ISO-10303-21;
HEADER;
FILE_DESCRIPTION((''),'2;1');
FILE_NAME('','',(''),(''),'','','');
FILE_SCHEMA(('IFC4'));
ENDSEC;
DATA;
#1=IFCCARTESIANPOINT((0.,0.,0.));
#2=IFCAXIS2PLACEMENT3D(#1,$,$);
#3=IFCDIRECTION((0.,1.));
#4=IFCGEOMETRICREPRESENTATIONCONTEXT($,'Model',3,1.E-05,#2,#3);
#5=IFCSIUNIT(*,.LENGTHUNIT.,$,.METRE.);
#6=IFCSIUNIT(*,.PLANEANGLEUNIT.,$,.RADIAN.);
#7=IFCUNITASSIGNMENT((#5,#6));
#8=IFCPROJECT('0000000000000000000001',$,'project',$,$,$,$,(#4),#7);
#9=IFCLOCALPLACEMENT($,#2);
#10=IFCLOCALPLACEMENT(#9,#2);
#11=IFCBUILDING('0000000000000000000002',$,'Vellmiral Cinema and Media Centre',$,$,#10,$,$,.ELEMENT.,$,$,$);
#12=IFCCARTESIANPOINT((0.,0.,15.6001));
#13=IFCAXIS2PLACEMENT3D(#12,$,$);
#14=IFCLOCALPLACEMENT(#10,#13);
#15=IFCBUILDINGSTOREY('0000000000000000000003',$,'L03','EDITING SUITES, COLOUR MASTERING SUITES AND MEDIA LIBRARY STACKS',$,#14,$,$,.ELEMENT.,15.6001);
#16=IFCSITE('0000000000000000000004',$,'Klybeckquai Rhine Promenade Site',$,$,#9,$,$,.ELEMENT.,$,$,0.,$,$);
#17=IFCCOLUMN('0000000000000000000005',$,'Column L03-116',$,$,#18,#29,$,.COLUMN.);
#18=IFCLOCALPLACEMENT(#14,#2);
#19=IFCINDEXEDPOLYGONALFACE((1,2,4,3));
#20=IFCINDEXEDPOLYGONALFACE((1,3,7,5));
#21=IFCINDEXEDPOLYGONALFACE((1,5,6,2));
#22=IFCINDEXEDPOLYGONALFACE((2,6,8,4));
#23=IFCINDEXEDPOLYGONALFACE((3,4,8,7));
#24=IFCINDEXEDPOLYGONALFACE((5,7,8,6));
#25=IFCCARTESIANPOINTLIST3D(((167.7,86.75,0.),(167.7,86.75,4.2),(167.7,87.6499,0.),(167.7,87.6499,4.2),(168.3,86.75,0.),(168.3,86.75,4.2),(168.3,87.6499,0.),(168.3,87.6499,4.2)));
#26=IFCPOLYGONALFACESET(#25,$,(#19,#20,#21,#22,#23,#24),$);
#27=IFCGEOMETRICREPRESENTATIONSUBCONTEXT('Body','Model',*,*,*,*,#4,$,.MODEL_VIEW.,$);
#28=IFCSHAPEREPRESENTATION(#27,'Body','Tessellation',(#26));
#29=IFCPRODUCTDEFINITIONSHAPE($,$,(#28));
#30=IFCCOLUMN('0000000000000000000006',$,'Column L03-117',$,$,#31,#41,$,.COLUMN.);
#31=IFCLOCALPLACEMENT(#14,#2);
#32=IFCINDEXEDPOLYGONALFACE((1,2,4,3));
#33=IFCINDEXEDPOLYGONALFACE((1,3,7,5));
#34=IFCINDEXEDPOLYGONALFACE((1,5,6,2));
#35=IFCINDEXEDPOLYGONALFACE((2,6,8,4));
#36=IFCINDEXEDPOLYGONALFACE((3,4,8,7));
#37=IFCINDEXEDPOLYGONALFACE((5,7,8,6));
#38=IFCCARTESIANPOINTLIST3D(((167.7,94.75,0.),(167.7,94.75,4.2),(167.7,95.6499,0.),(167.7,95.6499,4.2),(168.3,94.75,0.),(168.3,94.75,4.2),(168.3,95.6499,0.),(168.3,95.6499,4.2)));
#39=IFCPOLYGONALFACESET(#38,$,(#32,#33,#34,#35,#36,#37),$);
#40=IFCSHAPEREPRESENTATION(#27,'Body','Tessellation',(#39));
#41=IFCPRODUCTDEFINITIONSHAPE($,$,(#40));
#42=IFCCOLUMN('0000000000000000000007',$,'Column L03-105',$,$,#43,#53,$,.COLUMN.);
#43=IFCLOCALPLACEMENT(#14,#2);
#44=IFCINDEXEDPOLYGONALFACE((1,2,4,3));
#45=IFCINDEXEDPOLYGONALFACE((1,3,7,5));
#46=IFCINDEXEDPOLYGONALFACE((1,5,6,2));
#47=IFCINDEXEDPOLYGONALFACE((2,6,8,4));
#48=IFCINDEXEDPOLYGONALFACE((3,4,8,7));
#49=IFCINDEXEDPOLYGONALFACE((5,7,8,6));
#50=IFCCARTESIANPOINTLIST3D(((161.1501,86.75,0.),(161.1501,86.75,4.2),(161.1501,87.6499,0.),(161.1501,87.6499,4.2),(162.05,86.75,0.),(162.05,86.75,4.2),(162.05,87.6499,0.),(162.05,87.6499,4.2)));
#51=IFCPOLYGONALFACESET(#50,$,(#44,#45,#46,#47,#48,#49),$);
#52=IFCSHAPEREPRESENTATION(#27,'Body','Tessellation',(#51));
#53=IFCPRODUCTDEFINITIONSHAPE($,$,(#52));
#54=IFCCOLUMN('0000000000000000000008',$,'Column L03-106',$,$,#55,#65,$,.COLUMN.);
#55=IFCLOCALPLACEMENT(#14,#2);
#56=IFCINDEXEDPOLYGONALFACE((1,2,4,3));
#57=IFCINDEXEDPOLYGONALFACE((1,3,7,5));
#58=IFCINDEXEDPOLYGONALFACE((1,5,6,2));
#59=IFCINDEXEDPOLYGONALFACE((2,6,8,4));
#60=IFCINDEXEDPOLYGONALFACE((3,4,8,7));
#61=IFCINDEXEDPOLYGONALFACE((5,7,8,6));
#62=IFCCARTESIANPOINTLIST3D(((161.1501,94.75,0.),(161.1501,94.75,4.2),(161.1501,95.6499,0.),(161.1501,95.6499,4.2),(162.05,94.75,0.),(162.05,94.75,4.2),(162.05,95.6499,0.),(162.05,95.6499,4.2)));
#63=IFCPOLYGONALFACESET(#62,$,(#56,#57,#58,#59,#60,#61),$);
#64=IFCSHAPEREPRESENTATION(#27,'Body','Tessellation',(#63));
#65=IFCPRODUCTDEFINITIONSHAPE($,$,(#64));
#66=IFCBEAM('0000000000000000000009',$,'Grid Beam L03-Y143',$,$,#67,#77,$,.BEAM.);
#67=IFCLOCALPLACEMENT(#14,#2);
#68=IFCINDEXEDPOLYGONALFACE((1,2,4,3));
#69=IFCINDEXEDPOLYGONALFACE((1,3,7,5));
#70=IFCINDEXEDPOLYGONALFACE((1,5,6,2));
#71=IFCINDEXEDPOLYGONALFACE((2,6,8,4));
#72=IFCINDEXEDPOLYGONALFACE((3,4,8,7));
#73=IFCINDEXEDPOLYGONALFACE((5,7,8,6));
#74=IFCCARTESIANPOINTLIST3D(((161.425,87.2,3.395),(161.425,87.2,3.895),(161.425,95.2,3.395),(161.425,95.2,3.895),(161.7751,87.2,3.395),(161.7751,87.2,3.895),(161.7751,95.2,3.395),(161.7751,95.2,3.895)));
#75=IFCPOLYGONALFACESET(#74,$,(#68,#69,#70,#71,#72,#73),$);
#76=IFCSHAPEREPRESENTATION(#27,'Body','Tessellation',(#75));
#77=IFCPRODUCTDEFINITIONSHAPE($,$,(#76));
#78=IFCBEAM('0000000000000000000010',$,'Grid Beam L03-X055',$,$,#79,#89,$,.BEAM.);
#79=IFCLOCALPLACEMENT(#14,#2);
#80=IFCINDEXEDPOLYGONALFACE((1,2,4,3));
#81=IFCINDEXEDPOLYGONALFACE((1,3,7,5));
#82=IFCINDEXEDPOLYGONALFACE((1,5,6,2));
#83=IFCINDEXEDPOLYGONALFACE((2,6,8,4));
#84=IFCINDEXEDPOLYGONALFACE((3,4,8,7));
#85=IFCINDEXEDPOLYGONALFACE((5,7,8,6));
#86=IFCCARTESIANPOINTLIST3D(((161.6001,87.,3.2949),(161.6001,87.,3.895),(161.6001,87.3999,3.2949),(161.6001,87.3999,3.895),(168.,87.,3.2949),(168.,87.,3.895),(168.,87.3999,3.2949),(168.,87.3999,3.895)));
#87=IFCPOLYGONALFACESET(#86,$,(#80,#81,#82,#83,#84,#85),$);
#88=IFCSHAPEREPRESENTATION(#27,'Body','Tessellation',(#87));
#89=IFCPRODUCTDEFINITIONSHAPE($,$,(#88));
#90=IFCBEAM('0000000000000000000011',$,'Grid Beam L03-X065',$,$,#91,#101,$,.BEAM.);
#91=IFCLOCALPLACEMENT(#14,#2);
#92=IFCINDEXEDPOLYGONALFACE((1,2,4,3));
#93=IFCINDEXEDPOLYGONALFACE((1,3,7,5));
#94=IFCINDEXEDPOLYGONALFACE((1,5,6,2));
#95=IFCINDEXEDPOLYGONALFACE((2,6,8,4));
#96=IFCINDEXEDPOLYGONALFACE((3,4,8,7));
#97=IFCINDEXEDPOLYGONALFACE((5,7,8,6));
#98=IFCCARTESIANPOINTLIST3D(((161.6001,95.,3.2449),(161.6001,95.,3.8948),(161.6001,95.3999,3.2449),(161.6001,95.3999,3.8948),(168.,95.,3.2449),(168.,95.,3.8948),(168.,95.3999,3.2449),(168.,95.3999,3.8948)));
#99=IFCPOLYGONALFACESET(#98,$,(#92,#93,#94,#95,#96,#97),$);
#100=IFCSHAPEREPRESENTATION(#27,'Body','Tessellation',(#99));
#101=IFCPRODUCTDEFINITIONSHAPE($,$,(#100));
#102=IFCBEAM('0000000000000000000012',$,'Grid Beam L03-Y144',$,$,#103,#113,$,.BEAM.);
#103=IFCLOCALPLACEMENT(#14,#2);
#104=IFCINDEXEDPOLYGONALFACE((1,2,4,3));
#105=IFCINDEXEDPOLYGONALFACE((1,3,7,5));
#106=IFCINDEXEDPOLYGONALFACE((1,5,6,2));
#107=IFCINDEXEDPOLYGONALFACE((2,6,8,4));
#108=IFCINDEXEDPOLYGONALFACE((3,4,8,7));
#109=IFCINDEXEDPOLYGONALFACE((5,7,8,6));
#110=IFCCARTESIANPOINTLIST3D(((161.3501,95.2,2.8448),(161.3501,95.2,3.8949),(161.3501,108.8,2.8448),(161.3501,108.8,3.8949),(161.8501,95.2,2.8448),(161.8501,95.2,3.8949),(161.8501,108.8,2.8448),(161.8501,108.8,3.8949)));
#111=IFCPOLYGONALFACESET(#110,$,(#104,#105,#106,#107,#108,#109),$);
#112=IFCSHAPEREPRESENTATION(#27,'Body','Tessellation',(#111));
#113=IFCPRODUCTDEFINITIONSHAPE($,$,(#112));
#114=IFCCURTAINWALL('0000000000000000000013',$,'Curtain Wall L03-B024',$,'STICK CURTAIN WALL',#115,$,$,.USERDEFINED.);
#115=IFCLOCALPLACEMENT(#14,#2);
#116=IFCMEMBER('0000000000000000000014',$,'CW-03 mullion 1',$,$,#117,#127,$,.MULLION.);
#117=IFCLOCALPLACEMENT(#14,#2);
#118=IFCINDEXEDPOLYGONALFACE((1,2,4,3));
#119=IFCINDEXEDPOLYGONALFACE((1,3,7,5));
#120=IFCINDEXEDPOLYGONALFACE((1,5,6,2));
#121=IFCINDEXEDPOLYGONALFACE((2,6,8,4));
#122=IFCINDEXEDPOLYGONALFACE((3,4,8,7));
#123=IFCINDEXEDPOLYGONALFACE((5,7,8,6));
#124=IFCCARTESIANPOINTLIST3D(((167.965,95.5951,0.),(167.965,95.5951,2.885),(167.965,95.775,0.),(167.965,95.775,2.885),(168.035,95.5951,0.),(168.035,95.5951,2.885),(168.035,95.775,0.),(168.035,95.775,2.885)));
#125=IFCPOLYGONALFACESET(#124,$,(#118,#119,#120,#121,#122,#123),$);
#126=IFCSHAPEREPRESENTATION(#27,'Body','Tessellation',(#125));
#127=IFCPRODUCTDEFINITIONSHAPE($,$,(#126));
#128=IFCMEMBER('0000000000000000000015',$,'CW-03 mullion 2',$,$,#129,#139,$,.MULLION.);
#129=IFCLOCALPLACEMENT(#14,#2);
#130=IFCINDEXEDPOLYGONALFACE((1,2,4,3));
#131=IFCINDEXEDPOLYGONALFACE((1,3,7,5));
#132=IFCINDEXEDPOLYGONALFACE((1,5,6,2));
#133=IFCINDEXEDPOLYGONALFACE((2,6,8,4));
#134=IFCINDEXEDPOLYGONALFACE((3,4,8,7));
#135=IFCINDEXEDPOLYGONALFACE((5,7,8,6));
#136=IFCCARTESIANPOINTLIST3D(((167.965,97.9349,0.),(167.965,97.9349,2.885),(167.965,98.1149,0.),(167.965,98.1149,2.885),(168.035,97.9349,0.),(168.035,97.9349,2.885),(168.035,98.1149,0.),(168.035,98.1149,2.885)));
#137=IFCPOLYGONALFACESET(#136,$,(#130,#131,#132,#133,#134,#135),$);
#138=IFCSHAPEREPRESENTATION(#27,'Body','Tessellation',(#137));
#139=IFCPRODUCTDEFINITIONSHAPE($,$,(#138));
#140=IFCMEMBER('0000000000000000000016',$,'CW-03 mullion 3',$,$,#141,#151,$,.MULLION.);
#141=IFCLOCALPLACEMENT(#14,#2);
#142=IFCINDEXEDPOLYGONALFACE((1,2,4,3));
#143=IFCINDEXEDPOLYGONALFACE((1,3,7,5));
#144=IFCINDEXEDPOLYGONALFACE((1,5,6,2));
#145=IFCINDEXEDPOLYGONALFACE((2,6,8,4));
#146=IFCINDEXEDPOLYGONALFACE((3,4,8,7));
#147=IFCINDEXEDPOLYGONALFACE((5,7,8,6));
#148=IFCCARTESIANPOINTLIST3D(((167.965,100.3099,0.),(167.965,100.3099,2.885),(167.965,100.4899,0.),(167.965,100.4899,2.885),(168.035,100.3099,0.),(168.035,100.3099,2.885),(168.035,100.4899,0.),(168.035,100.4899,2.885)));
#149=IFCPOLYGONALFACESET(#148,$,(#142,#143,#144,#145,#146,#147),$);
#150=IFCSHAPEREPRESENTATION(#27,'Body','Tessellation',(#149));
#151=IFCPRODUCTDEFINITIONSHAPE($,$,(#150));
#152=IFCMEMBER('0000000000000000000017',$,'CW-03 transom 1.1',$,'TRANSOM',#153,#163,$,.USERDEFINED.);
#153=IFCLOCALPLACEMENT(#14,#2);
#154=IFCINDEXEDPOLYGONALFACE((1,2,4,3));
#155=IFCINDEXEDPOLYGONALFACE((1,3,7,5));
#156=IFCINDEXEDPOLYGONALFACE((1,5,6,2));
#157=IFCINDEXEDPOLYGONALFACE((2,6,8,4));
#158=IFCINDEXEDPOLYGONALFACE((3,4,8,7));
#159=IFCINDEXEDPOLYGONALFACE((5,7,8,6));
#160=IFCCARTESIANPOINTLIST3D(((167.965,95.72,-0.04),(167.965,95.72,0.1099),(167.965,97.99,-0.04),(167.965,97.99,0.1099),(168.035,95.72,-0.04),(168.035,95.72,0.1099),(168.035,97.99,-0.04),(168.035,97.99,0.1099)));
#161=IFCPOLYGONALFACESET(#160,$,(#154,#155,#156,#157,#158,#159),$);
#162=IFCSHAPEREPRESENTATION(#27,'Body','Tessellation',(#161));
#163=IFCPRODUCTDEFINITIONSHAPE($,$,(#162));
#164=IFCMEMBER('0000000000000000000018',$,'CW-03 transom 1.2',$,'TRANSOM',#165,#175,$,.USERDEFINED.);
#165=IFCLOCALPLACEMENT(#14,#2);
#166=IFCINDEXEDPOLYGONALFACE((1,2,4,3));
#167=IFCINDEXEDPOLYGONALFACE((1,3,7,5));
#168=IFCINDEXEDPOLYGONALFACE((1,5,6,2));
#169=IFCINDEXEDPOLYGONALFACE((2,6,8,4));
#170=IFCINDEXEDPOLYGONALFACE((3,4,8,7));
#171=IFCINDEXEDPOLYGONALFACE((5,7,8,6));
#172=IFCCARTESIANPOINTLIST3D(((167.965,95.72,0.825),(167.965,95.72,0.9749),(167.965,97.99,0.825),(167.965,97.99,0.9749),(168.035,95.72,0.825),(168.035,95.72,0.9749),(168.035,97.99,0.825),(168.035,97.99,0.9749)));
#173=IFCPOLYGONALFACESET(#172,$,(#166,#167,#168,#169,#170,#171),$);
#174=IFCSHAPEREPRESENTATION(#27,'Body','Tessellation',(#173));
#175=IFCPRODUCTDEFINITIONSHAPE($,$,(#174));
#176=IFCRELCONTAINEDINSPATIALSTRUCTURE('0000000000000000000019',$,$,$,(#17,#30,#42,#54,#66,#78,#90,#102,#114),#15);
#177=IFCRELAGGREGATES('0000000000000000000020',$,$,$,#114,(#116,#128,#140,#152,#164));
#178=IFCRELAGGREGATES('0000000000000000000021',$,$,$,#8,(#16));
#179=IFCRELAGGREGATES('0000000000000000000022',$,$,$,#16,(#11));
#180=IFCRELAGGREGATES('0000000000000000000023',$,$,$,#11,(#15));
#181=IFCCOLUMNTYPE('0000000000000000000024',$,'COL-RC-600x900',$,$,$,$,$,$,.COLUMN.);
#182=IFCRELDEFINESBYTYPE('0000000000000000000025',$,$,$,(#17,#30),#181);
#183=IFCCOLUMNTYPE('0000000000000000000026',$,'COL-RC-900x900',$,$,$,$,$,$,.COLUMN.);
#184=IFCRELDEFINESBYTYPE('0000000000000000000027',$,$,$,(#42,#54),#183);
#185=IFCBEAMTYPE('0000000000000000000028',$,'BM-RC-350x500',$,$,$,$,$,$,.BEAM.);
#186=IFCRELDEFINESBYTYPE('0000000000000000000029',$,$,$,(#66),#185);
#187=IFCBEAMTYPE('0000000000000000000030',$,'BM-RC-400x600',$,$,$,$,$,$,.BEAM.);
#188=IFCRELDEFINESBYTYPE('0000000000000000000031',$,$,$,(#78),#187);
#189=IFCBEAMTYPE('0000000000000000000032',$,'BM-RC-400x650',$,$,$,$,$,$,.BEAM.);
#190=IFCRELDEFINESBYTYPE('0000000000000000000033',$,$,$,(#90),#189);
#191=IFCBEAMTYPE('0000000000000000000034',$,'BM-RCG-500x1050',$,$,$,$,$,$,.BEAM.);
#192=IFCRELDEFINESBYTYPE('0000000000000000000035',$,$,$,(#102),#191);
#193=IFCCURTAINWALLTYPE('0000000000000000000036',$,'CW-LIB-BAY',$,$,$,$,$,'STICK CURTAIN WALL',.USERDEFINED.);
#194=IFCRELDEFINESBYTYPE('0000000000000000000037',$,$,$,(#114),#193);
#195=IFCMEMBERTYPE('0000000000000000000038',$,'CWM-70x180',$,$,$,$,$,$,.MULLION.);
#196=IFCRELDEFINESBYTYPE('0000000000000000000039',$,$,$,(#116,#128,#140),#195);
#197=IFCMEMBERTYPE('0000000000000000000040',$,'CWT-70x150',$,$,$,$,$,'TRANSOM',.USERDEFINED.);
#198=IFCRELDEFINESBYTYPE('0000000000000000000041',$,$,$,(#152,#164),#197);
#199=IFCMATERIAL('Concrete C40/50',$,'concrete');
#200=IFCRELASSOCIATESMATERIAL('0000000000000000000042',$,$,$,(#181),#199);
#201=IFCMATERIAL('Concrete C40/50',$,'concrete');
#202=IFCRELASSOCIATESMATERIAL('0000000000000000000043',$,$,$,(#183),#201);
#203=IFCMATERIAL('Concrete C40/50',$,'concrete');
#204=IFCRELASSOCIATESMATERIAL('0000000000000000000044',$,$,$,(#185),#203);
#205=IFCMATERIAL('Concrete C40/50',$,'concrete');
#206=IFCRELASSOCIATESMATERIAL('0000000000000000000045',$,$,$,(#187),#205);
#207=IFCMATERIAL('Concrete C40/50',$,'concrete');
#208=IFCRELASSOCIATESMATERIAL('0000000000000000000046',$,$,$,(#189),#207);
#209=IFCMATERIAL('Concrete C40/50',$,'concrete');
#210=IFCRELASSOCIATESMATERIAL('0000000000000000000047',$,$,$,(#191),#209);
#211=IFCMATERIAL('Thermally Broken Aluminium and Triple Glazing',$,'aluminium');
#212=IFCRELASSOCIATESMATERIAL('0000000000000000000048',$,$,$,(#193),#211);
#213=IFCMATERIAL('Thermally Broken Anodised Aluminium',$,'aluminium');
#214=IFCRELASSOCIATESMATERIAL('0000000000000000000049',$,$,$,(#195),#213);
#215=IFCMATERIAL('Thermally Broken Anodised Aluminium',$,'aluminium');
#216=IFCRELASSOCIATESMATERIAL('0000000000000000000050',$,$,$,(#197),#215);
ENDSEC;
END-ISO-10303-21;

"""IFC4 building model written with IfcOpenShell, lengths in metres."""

from ifc_helpers import new_model, si_unit, direction, frame, origin, origin_2d, place, context, subcontext, project, spatial, rectangle, extrude, material, material_profile, profile_set, type_object, element, aggregate, save


model = new_model("IFC4")

# Units and contexts
model_context = context("Model", 3, precision=1e-05, world=origin(), true_north=direction((0.0, 1.0)))
body_context = subcontext(model_context, "Body", "Model", "MODEL_VIEW")
ifc_project = project(units=[si_unit("LENGTHUNIT", "METRE"), si_unit("PLANEANGLEUNIT", "RADIAN")], contexts=[model_context])

# Site, building, storey
site_placement = place(None, origin())
site = spatial("IfcSite", under=ifc_project, at=site_placement, Name="Klybeckquai Rhine Promenade Site", CompositionType="ELEMENT", RefElevation=0.0)
building_placement = place(site_placement, origin())
building = spatial("IfcBuilding", under=site, at=building_placement, Name="Vellmiral Cinema and Media Centre", CompositionType="ELEMENT")
storey_placement = place(building_placement, frame((0.0, 0.0, 15.6001)))
storey = spatial("IfcBuildingStorey", under=building, at=storey_placement, Name="L03", Description="EDITING SUITES, COLOUR MASTERING SUITES AND MEDIA LIBRARY STACKS", CompositionType="ELEMENT", Elevation=15.6001)

# Columns
ifc_material_1 = material(Name="Concrete C40/50", Category="concrete")
ifc_material_profile_1 = material_profile(ifc_material_1, rectangle(XDim=0.6001, YDim=0.8999, at=origin_2d()), Name="RC 600x900")
ifc_profile_set_1 = profile_set([ifc_material_profile_1], Name="Concrete C40/50")
column_type_1 = type_object("IfcColumnType", Name="COL-RC-600x900", PredefinedType="COLUMN", material=ifc_profile_set_1)
for number, where, z_axis, x_axis, name in (
    (1, (168.0, 87.2, 0.0), (0.0, 0.0, 1.0), (1.0, 0.0, 0.0), "Column L03-116"),
    (2, (168.0, 95.2, 0.0), (0.0, 0.0, 1.0), (1.0, 0.0, 0.0), "Column L03-117"),
):
    element("IfcColumn", number, at=place(storey_placement, frame(where, z_axis=z_axis, x_axis=x_axis)), inside=storey, type_object=column_type_1, Name=name, PredefinedType="COLUMN", context=body_context, shape_type="SweptSolid", body=[
        extrude(rectangle(XDim=0.6001, YDim=0.8999, at=origin_2d()), origin(), (0.0, 0.0, 1.0), 4.2),
    ])
ifc_material_2 = material(Name="Concrete C40/50", Category="concrete")
ifc_material_profile_2 = material_profile(ifc_material_2, rectangle(XDim=0.8999, YDim=0.8999, at=origin_2d()), Name="RC 900x900")
ifc_profile_set_2 = profile_set([ifc_material_profile_2], Name="Concrete C40/50")
column_type_2 = type_object("IfcColumnType", Name="COL-RC-900x900", PredefinedType="COLUMN", material=ifc_profile_set_2)
for number, where, z_axis, x_axis, name in (
    (3, (161.6001, 87.2, 0.0), (0.0, 0.0, 1.0), (1.0, 0.0, 0.0), "Column L03-105"),
    (4, (161.6001, 95.2, 0.0), (0.0, 0.0, 1.0), (1.0, 0.0, 0.0), "Column L03-106"),
):
    element("IfcColumn", number, at=place(storey_placement, frame(where, z_axis=z_axis, x_axis=x_axis)), inside=storey, type_object=column_type_2, Name=name, PredefinedType="COLUMN", context=body_context, shape_type="SweptSolid", body=[
        extrude(rectangle(XDim=0.8999, YDim=0.8999, at=origin_2d()), origin(), (0.0, 0.0, 1.0), 4.2),
    ])

# Beams
ifc_material_3 = material(Name="Concrete C40/50", Category="concrete")
ifc_material_profile_3 = material_profile(ifc_material_3, rectangle(XDim=0.3501, YDim=0.5, at=origin_2d()), Name="RC 350x500")
ifc_profile_set_3 = profile_set([ifc_material_profile_3], Name="Concrete C40/50")
beam_type_1 = type_object("IfcBeamType", Name="BM-RC-350x500", PredefinedType="BEAM", material=ifc_profile_set_3)
beam_1_placement = place(storey_placement, frame((161.6001, 87.2, 3.645), z_axis=(0.0, 1.0, 0.0), x_axis=(-1.0, 0.0, 0.0)))
element("IfcBeam", 5, at=beam_1_placement, inside=storey, type_object=beam_type_1, Name="Grid Beam L03-Y143", PredefinedType="BEAM", context=body_context, shape_type="SweptSolid", body=[
    extrude(rectangle(XDim=0.3501, YDim=0.5, at=origin_2d()), origin(), (0.0, 0.0, 1.0), 8.0),
])
ifc_material_4 = material(Name="Concrete C40/50", Category="concrete")
ifc_material_profile_4 = material_profile(ifc_material_4, rectangle(XDim=0.3999, YDim=0.6001, at=origin_2d()), Name="RC 400x600")
ifc_profile_set_4 = profile_set([ifc_material_profile_4], Name="Concrete C40/50")
beam_type_2 = type_object("IfcBeamType", Name="BM-RC-400x600", PredefinedType="BEAM", material=ifc_profile_set_4)
beam_2_placement = place(storey_placement, frame((161.6001, 87.2, 3.595), z_axis=(1.0, 0.0, 0.0), x_axis=(0.0, 1.0, 0.0)))
element("IfcBeam", 6, at=beam_2_placement, inside=storey, type_object=beam_type_2, Name="Grid Beam L03-X055", PredefinedType="BEAM", context=body_context, shape_type="SweptSolid", body=[
    extrude(rectangle(XDim=0.3999, YDim=0.6001, at=origin_2d()), origin(), (0.0, 0.0, 1.0), 6.3999),
])
ifc_material_5 = material(Name="Concrete C40/50", Category="concrete")
ifc_material_profile_5 = material_profile(ifc_material_5, rectangle(XDim=0.3999, YDim=0.6499, at=origin_2d()), Name="RC 400x650")
ifc_profile_set_5 = profile_set([ifc_material_profile_5], Name="Concrete C40/50")
beam_type_3 = type_object("IfcBeamType", Name="BM-RC-400x650", PredefinedType="BEAM", material=ifc_profile_set_5)
beam_3_placement = place(storey_placement, frame((161.6001, 95.2, 3.5698), z_axis=(1.0, 0.0, 0.0), x_axis=(0.0, 1.0, 0.0)))
element("IfcBeam", 7, at=beam_3_placement, inside=storey, type_object=beam_type_3, Name="Grid Beam L03-X065", PredefinedType="BEAM", context=body_context, shape_type="SweptSolid", body=[
    extrude(rectangle(XDim=0.3999, YDim=0.6499, at=origin_2d()), origin(), (0.0, 0.0, 1.0), 6.3999),
])
ifc_material_6 = material(Name="Concrete C40/50", Category="concrete")
ifc_material_profile_6 = material_profile(ifc_material_6, rectangle(XDim=0.5, YDim=1.05, at=origin_2d()), Name="RC 500x1050")
ifc_profile_set_6 = profile_set([ifc_material_profile_6], Name="Concrete C40/50")
beam_type_4 = type_object("IfcBeamType", Name="BM-RCG-500x1050", PredefinedType="BEAM", material=ifc_profile_set_6)
beam_4_placement = place(storey_placement, frame((161.6001, 95.2, 3.3699), z_axis=(0.0, 1.0, 0.0), x_axis=(-1.0, 0.0, 0.0)))
element("IfcBeam", 8, at=beam_4_placement, inside=storey, type_object=beam_type_4, Name="Grid Beam L03-Y144", PredefinedType="BEAM", context=body_context, shape_type="SweptSolid", body=[
    extrude(rectangle(XDim=0.5, YDim=1.05, at=origin_2d()), origin(), (0.0, 0.0, 1.0), 13.6001),
])

# Curtain wall, members
ifc_material_7 = material(Name="Thermally Broken Aluminium and Triple Glazing", Category="aluminium")
curtain_wall_type = type_object("IfcCurtainWallType", Name="CW-LIB-BAY", ElementType="STICK CURTAIN WALL", PredefinedType="USERDEFINED", material=ifc_material_7)
curtain_wall_placement = place(storey_placement, origin())
curtain_wall = element("IfcCurtainWall", 9, at=curtain_wall_placement, inside=storey, type_object=curtain_wall_type, Name="Curtain Wall L03-B024", ObjectType="STICK CURTAIN WALL", PredefinedType="USERDEFINED")
ifc_material_8 = material(Name="Thermally Broken Anodised Aluminium", Category="aluminium")
ifc_material_profile_7 = material_profile(ifc_material_8, rectangle(XDim=0.0701, YDim=0.1799, at=origin_2d()), Name="MULL 70x180")
ifc_profile_set_7 = profile_set([ifc_material_profile_7], Name="Thermally Broken Anodised Aluminium")
member_type_1 = type_object("IfcMemberType", Name="CWM-70x180", PredefinedType="MULLION", material=ifc_profile_set_7)
member_1_placement = place(storey_placement, frame((168.0, 95.6851, 0.0), z_axis=(0.0, 0.0, 1.0), x_axis=(-1.0, 0.0, 0.0)))
member_1 = element("IfcMember", 10, at=member_1_placement, type_object=member_type_1, Name="CW-03 mullion 1", PredefinedType="MULLION", context=body_context, shape_type="SweptSolid", body=[
    extrude(rectangle(XDim=0.0701, YDim=0.1799, at=origin_2d()), origin(), (0.0, 0.0, 1.0), 2.885),
])
member_2_placement = place(storey_placement, frame((168.0, 98.0249, 0.0), z_axis=(0.0, 0.0, 1.0), x_axis=(-1.0, 0.0, 0.0)))
member_2 = element("IfcMember", 11, at=member_2_placement, type_object=member_type_1, Name="CW-03 mullion 2", PredefinedType="MULLION", context=body_context, shape_type="SweptSolid", body=[
    extrude(rectangle(XDim=0.0701, YDim=0.1799, at=origin_2d()), origin(), (0.0, 0.0, 1.0), 2.885),
])
member_3_placement = place(storey_placement, frame((168.0, 100.3999, 0.0), z_axis=(0.0, 0.0, 1.0), x_axis=(-1.0, 0.0, 0.0)))
member_3 = element("IfcMember", 12, at=member_3_placement, type_object=member_type_1, Name="CW-03 mullion 3", PredefinedType="MULLION", context=body_context, shape_type="SweptSolid", body=[
    extrude(rectangle(XDim=0.0701, YDim=0.1799, at=origin_2d()), origin(), (0.0, 0.0, 1.0), 2.885),
])
ifc_material_9 = material(Name="Thermally Broken Anodised Aluminium", Category="aluminium")
ifc_material_profile_8 = material_profile(ifc_material_9, rectangle(XDim=0.0701, YDim=0.1499, at=origin_2d()), Name="MULL 70x150")
ifc_profile_set_8 = profile_set([ifc_material_profile_8], Name="Thermally Broken Anodised Aluminium")
member_type_2 = type_object("IfcMemberType", Name="CWT-70x150", ElementType="TRANSOM", PredefinedType="USERDEFINED", material=ifc_profile_set_8)
member_4_placement = place(storey_placement, frame((168.0, 95.72, 0.0349), z_axis=(0.0, 1.0, 0.0), x_axis=(-1.0, 0.0, 0.0)))
member_4 = element("IfcMember", 13, at=member_4_placement, type_object=member_type_2, Name="CW-03 transom 1.1", ObjectType="TRANSOM", PredefinedType="USERDEFINED", context=body_context, shape_type="SweptSolid", body=[
    extrude(rectangle(XDim=0.0701, YDim=0.1499, at=origin_2d()), origin(), (0.0, 0.0, 1.0), 2.27),
])
member_5_placement = place(storey_placement, frame((168.0, 95.72, 0.8999), z_axis=(0.0, 1.0, 0.0), x_axis=(-1.0, 0.0, 0.0)))
member_5 = element("IfcMember", 14, at=member_5_placement, type_object=member_type_2, Name="CW-03 transom 1.2", ObjectType="TRANSOM", PredefinedType="USERDEFINED", context=body_context, shape_type="SweptSolid", body=[
    extrude(rectangle(XDim=0.0701, YDim=0.1499, at=origin_2d()), origin(), (0.0, 0.0, 1.0), 2.27),
])

aggregate(curtain_wall, [member_1, member_2, member_3, member_4, member_5])

save(model, "model.ifc")
